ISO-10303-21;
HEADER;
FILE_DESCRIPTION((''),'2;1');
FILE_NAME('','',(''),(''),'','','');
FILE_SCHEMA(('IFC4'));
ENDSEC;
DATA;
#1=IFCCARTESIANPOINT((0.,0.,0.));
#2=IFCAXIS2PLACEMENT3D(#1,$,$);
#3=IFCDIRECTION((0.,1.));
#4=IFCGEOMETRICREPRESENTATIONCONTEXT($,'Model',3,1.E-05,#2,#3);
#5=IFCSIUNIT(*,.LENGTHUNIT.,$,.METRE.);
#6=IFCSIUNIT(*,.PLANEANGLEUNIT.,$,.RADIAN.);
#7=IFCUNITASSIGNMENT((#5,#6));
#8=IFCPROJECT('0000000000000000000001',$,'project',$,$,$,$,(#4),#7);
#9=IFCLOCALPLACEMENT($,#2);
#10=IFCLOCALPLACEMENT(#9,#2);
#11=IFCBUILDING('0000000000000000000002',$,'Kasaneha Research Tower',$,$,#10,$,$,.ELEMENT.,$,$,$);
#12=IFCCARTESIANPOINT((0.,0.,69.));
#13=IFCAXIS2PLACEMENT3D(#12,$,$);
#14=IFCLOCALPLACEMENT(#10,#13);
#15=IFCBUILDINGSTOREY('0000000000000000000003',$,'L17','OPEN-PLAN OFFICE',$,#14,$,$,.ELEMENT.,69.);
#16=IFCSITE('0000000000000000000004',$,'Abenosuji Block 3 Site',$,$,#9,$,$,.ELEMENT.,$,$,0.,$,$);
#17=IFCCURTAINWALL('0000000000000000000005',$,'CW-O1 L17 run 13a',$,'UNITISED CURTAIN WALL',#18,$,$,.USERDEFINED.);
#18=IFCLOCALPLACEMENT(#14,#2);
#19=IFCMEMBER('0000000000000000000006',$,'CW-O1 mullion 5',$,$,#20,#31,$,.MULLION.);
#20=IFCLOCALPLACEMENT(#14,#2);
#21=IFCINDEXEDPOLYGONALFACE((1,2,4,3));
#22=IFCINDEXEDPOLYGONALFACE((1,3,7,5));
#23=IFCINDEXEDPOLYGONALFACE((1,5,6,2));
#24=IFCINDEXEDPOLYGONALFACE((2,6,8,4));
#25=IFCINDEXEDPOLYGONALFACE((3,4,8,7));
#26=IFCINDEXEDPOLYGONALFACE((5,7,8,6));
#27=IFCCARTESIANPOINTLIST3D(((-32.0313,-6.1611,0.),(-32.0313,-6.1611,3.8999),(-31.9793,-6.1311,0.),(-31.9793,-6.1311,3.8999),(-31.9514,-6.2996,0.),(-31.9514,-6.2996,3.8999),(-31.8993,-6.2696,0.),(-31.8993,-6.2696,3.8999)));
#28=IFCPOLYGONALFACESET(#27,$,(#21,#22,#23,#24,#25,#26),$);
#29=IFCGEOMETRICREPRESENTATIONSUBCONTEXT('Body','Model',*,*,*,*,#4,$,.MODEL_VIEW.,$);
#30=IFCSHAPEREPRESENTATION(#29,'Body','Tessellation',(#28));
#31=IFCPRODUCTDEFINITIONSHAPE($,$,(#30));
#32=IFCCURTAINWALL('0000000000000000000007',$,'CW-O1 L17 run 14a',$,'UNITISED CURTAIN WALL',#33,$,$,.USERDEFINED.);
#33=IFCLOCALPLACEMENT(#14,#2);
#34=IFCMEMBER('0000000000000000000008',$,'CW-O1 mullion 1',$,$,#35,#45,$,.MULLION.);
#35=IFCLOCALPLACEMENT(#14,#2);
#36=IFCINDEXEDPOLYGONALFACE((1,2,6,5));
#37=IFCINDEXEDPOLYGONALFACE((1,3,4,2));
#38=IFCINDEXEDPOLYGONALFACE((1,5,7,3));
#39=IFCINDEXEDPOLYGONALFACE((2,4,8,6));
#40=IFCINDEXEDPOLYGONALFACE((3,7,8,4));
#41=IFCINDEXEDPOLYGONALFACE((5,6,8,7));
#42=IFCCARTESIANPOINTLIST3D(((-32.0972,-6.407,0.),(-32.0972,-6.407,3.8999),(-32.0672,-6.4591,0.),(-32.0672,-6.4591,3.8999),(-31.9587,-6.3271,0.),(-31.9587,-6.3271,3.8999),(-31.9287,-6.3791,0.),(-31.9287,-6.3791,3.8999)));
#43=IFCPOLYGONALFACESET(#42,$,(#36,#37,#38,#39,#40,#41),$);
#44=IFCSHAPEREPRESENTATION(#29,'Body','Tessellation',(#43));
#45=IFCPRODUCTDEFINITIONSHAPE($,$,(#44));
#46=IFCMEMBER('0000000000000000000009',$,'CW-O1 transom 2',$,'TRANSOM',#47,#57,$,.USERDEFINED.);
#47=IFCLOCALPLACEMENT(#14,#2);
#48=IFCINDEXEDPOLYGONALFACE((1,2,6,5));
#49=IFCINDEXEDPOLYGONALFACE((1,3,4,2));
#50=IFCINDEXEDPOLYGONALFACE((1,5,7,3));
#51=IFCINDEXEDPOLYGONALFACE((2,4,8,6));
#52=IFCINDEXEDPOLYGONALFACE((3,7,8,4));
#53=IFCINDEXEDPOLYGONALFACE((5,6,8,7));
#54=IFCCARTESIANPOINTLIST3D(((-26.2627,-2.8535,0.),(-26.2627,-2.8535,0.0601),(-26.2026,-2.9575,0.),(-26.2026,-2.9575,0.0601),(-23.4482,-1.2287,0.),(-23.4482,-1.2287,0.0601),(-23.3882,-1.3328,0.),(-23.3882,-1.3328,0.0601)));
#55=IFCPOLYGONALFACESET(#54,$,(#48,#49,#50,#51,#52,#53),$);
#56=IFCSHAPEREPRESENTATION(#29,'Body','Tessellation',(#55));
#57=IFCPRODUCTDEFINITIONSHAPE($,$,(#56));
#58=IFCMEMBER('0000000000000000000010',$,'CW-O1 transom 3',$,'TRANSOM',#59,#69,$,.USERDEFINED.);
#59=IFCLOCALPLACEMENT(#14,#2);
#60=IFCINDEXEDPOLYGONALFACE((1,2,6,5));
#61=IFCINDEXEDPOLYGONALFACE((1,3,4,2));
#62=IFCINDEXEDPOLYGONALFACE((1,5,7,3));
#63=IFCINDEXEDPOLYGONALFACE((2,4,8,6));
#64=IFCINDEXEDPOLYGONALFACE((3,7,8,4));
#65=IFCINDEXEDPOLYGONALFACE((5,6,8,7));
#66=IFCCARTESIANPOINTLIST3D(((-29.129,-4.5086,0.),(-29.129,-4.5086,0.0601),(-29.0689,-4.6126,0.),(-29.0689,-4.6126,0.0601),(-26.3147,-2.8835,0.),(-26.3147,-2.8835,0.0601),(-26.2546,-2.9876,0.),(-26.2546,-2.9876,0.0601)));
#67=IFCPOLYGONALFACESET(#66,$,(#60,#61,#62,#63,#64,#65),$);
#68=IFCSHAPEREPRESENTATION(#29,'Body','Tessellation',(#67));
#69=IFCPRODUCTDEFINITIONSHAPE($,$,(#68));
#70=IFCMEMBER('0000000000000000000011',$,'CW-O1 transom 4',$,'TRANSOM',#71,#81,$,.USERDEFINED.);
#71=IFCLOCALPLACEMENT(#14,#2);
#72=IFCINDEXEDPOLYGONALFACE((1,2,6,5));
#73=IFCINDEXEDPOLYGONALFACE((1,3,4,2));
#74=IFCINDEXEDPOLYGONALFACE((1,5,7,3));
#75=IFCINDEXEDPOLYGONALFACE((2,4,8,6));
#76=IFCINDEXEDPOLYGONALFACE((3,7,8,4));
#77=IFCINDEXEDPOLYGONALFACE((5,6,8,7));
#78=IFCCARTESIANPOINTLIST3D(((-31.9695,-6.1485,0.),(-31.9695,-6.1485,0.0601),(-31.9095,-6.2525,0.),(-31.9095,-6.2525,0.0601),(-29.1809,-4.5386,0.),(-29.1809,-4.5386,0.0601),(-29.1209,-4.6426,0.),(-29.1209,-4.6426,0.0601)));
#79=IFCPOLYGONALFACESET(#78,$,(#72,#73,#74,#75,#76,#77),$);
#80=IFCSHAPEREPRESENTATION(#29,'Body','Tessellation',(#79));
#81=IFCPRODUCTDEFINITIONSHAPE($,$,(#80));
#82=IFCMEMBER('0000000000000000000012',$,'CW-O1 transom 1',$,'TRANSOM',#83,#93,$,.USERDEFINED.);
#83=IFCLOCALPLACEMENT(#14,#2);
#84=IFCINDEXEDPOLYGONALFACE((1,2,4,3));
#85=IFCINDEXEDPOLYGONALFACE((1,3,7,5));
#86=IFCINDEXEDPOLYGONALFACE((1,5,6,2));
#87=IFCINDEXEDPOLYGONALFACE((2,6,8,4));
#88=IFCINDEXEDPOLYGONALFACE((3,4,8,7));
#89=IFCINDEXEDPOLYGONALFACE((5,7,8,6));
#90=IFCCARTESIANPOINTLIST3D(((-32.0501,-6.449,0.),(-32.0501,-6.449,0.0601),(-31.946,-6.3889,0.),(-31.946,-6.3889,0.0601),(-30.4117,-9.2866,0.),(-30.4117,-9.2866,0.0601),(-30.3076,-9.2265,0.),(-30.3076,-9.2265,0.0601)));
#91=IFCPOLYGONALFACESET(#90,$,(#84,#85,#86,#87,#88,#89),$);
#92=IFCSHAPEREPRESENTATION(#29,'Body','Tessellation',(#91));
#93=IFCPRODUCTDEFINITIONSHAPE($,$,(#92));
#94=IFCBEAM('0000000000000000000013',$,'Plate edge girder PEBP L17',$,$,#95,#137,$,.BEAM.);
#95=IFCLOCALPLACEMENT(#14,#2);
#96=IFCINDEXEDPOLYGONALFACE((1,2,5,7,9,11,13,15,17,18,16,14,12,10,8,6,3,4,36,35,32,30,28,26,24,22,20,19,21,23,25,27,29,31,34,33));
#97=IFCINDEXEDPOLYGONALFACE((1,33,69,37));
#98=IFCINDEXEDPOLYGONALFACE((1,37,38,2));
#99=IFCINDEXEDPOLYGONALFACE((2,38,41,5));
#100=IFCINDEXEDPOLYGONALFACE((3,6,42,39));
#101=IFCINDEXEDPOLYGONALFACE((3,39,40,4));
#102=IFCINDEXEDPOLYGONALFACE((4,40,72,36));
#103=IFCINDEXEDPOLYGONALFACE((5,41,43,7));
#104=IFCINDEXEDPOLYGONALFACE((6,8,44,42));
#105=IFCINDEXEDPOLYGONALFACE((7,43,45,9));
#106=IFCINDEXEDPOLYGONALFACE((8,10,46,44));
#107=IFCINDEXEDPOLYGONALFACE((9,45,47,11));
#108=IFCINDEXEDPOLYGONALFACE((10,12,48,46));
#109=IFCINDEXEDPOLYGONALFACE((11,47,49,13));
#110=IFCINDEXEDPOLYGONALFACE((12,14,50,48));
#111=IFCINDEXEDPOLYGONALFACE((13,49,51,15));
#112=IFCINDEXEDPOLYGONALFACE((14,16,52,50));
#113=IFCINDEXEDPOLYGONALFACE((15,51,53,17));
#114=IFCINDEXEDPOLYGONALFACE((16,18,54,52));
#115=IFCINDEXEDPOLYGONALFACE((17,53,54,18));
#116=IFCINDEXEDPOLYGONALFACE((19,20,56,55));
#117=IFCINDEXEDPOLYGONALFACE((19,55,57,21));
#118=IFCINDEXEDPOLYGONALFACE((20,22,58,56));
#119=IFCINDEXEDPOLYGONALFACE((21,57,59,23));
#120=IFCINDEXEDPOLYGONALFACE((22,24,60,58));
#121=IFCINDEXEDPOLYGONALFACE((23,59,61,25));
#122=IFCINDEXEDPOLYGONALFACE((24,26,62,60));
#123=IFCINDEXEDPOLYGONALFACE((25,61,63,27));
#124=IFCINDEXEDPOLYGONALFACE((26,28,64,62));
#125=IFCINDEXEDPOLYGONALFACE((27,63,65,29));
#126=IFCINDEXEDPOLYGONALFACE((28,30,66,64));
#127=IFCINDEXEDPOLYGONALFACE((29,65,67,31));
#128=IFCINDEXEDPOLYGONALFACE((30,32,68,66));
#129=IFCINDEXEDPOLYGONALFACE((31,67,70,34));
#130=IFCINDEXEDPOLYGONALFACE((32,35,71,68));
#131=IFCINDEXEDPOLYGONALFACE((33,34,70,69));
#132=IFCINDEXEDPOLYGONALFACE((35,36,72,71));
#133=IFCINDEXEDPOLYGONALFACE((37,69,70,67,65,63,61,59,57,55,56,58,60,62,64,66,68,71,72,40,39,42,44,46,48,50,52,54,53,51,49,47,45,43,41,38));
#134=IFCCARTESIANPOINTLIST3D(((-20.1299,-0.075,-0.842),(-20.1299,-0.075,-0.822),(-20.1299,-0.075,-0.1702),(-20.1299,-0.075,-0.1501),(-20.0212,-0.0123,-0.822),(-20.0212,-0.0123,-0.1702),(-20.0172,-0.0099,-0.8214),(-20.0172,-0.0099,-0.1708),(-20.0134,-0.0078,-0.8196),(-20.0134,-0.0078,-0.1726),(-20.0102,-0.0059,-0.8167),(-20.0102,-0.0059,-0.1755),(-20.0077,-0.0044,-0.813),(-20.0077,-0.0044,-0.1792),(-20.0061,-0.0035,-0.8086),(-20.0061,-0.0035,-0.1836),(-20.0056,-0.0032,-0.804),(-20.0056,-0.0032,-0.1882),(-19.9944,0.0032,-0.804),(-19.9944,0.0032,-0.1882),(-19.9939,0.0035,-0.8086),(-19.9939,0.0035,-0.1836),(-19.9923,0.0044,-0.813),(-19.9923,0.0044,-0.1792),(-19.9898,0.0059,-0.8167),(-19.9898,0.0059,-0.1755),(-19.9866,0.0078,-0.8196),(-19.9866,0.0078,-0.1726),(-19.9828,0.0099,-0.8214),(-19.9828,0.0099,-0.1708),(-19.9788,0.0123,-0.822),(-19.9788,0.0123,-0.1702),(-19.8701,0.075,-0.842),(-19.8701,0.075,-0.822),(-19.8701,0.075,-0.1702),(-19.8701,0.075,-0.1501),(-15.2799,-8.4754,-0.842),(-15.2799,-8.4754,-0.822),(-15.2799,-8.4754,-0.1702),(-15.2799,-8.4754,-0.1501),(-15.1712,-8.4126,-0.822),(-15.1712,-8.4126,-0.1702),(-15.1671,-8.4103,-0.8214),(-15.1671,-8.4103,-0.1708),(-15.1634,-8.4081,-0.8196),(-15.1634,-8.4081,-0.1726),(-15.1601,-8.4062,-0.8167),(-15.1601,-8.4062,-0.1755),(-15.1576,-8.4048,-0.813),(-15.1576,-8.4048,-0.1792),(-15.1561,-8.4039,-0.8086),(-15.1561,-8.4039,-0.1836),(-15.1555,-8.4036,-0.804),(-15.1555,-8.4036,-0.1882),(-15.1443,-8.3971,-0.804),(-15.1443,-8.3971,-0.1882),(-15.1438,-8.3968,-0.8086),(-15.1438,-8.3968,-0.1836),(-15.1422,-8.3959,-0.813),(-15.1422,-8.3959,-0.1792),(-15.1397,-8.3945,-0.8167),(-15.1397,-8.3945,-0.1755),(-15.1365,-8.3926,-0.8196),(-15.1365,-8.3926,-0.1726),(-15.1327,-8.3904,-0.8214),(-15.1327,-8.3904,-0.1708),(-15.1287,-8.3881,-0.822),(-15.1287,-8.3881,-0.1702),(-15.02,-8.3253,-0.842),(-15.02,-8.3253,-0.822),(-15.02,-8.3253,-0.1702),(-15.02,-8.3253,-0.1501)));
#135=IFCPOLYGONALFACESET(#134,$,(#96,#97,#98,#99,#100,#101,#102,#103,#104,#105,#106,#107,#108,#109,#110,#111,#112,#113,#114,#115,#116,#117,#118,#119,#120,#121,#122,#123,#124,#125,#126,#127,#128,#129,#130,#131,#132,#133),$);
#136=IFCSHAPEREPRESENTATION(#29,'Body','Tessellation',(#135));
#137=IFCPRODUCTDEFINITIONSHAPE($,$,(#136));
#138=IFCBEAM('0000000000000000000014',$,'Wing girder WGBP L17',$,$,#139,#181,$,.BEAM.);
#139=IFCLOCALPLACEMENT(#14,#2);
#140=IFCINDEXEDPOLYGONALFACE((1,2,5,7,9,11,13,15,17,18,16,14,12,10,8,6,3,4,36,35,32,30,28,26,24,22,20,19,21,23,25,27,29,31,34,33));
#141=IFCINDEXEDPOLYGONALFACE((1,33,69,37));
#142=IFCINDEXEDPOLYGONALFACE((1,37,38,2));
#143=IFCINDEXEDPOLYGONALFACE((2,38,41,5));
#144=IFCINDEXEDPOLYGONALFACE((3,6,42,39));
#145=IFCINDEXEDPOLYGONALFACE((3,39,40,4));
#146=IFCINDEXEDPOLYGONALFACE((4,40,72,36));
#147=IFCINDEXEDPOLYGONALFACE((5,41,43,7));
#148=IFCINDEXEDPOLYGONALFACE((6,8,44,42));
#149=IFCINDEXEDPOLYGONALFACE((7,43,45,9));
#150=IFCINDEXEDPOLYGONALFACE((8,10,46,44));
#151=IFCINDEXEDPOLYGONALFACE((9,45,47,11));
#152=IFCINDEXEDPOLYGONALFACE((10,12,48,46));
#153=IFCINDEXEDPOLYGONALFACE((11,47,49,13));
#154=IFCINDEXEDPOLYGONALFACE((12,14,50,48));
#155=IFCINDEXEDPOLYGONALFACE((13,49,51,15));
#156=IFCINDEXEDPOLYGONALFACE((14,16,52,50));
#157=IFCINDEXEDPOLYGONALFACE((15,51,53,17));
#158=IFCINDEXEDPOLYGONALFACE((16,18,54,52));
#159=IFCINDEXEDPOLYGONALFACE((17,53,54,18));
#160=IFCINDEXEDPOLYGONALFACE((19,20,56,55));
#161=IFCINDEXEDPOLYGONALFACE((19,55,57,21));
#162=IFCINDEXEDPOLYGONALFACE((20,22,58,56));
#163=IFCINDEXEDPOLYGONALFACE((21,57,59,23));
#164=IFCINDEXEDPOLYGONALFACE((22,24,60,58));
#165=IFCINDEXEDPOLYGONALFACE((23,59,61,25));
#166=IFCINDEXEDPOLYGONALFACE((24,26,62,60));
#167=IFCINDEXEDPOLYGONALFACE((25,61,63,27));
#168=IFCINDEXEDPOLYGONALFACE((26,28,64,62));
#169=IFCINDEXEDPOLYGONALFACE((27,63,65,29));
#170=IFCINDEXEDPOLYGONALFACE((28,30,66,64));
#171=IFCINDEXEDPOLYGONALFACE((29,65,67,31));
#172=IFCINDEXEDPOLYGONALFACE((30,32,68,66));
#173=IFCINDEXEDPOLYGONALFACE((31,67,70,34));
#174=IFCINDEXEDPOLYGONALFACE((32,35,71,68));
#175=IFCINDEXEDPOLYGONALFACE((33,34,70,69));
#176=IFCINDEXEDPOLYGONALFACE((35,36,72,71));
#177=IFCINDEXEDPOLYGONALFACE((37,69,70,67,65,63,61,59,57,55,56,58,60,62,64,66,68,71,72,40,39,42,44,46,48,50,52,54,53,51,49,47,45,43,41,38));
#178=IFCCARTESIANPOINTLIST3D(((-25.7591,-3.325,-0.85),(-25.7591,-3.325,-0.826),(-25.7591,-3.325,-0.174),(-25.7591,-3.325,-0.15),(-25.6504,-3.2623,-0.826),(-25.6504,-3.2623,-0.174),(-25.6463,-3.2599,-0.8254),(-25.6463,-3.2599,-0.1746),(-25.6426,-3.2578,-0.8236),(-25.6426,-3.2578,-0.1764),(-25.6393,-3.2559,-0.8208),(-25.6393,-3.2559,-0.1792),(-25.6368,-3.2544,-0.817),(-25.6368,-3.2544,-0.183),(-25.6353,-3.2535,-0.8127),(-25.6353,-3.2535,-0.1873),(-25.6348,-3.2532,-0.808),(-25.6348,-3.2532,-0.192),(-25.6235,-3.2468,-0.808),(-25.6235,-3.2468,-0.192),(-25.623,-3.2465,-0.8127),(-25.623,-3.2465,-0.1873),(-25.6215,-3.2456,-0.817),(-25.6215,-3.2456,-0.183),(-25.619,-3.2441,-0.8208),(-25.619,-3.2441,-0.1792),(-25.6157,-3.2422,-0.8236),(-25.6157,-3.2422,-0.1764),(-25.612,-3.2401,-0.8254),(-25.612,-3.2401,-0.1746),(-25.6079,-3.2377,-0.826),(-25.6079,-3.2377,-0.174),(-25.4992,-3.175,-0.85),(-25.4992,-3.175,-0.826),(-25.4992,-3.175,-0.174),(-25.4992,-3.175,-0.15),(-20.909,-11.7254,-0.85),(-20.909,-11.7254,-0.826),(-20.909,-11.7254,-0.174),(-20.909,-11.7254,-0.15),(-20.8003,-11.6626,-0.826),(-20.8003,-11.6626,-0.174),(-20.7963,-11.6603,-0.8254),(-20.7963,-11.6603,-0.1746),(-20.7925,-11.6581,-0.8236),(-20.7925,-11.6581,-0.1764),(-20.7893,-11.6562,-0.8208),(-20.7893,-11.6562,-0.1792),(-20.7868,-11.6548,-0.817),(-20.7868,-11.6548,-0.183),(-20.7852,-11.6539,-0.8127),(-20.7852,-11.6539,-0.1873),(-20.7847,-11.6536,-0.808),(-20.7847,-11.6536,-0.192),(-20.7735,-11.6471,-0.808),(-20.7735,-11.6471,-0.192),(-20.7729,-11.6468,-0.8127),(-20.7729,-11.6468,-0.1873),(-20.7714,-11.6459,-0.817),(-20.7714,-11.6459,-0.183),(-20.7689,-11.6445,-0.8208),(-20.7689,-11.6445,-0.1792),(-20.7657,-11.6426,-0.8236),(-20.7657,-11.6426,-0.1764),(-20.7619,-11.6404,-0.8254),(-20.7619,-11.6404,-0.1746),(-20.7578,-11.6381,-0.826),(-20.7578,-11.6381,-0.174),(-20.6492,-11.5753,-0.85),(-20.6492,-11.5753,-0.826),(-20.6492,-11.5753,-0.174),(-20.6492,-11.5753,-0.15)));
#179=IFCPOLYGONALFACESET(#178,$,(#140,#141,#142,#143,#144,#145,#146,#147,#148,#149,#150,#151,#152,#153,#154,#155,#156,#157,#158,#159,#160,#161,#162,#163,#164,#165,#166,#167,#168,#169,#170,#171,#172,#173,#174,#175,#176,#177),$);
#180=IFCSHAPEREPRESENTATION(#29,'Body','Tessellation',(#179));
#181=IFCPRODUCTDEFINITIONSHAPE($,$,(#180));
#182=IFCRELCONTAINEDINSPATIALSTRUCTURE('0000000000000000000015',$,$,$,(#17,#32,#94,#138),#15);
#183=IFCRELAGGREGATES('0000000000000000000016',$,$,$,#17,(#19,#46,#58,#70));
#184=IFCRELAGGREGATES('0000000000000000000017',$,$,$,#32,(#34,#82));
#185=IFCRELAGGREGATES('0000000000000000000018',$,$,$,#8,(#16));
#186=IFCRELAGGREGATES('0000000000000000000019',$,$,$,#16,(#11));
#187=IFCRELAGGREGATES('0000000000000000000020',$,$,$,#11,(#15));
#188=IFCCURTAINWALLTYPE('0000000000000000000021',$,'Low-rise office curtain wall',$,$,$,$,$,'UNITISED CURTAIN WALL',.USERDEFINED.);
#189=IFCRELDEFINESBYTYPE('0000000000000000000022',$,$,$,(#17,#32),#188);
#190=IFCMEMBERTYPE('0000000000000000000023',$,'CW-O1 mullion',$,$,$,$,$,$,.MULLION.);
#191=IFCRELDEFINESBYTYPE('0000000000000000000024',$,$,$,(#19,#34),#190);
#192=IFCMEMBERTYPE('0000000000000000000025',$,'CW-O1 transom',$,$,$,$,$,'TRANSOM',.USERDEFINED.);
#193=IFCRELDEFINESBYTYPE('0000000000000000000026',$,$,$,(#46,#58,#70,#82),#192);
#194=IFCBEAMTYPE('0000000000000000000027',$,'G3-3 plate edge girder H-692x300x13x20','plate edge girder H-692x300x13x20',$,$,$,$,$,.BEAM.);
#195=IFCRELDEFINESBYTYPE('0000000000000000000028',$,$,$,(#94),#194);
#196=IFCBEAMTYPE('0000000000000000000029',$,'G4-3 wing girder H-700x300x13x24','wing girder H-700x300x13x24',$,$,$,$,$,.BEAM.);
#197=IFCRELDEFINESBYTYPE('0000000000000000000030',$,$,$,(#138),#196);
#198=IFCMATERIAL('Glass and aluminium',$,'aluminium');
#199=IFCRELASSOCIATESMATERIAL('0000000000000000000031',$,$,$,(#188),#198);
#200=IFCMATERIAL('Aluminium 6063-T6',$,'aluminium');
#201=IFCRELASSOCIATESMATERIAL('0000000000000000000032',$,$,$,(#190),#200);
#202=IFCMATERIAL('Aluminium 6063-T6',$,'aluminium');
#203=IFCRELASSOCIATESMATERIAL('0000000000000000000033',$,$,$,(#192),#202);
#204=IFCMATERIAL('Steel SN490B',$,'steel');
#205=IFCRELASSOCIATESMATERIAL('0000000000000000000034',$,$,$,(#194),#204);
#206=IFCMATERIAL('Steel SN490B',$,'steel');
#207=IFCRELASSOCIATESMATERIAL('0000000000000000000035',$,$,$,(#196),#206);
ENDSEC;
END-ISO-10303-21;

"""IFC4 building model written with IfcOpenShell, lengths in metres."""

from ifc_helpers import new_model, si_unit, direction, frame, origin, origin_2d, place, context, subcontext, project, spatial, rectangle, i_section, extrude, material, material_profile, profile_set, type_object, element, aggregate, save


model = new_model("IFC4")

# Units and contexts
model_context = context("Model", 3, precision=1e-05, world=origin(), true_north=direction((0.0, 1.0)))
body_context = subcontext(model_context, "Body", "Model", "MODEL_VIEW")
ifc_project = project(units=[si_unit("LENGTHUNIT", "METRE"), si_unit("PLANEANGLEUNIT", "RADIAN")], contexts=[model_context])

# Site, building, storey
site_placement = place(None, origin())
site = spatial("IfcSite", under=ifc_project, at=site_placement, Name="Abenosuji Block 3 Site", CompositionType="ELEMENT", RefElevation=0.0)
building_placement = place(site_placement, origin())
building = spatial("IfcBuilding", under=site, at=building_placement, Name="Kasaneha Research Tower", CompositionType="ELEMENT")
storey_placement = place(building_placement, frame((0.0, 0.0, 69.0)))
storey = spatial("IfcBuildingStorey", under=building, at=storey_placement, Name="L17", Description="OPEN-PLAN OFFICE", CompositionType="ELEMENT", Elevation=69.0)

# Curtain wall, member
ifc_material_1 = material(Name="Glass and aluminium", Category="aluminium")
curtain_wall_type = type_object("IfcCurtainWallType", Name="Low-rise office curtain wall", ElementType="UNITISED CURTAIN WALL", PredefinedType="USERDEFINED", material=ifc_material_1)
curtain_wall_1_placement = place(storey_placement, origin())
curtain_wall_1 = element("IfcCurtainWall", 1, at=curtain_wall_1_placement, inside=storey, type_object=curtain_wall_type, Name="CW-O1 L17 run 13a", ObjectType="UNITISED CURTAIN WALL", PredefinedType="USERDEFINED")
ifc_material_2 = material(Name="Aluminium 6063-T6", Category="aluminium")
ifc_material_profile_1 = material_profile(ifc_material_2, rectangle(XDim=0.0601, YDim=0.1599, at=origin_2d()), Name="CW-O1 mullion 60x160")
ifc_profile_set_1 = profile_set([ifc_material_profile_1], Name="Aluminium 6063-T6")
member_type_1 = type_object("IfcMemberType", Name="CW-O1 mullion", PredefinedType="MULLION", material=ifc_profile_set_1)
member_1_placement = place(storey_placement, frame((-31.9653, -6.2153, 0.0), z_axis=(0.0, 0.0, 1.0), x_axis=(-0.866025, -0.5, 0.0)))
member_1 = element("IfcMember", 2, at=member_1_placement, type_object=member_type_1, Name="CW-O1 mullion 5", PredefinedType="MULLION", context=body_context, shape_type="SweptSolid", body=[
    extrude(rectangle(XDim=0.0601, YDim=0.1599, at=origin_2d()), origin(), (0.0, 0.0, 1.0), 3.8999),
])

# Curtain wall, member
curtain_wall_2_placement = place(storey_placement, origin())
curtain_wall_2 = element("IfcCurtainWall", 3, at=curtain_wall_2_placement, inside=storey, type_object=curtain_wall_type, Name="CW-O1 L17 run 14a", ObjectType="UNITISED CURTAIN WALL", PredefinedType="USERDEFINED")
member_2_placement = place(storey_placement, frame((-32.0129, -6.3931, 0.0), z_axis=(0.0, 0.0, 1.0), x_axis=(0.5, -0.866025, 0.0)))
member_2 = element("IfcMember", 4, at=member_2_placement, type_object=member_type_1, Name="CW-O1 mullion 1", PredefinedType="MULLION", context=body_context, shape_type="SweptSolid", body=[
    extrude(rectangle(XDim=0.0601, YDim=0.1599, at=origin_2d()), origin(), (0.0, 0.0, 1.0), 3.8999),
])

# Members
ifc_material_3 = material(Name="Aluminium 6063-T6", Category="aluminium")
ifc_material_profile_2 = material_profile(ifc_material_3, rectangle(XDim=0.1201, YDim=0.0601, at=origin_2d()), Name="CW-O1 transom 120x60")
ifc_profile_set_2 = profile_set([ifc_material_profile_2], Name="Aluminium 6063-T6")
member_type_2 = type_object("IfcMemberType", Name="CW-O1 transom", ElementType="TRANSOM", PredefinedType="USERDEFINED", material=ifc_profile_set_2)
member_3_placement = place(storey_placement, frame((-23.4182, -1.2808, 0.03), z_axis=(-0.866048, -0.499961, 0.0), x_axis=(0.499961, -0.866048, 0.0)))
member_3 = element("IfcMember", 5, at=member_3_placement, type_object=member_type_2, Name="CW-O1 transom 2", ObjectType="TRANSOM", PredefinedType="USERDEFINED", context=body_context, shape_type="SweptSolid", body=[
    extrude(rectangle(XDim=0.1201, YDim=0.0601, at=origin_2d()), origin(), (0.0, 0.0, 1.0), 3.2498),
])
member_4_placement = place(storey_placement, frame((-26.2847, -2.9355, 0.03), z_axis=(-0.865997, -0.50005, 0.0), x_axis=(0.50005, -0.865997, 0.0)))
member_4 = element("IfcMember", 6, at=member_4_placement, type_object=member_type_2, Name="CW-O1 transom 3", ObjectType="TRANSOM", PredefinedType="USERDEFINED", context=body_context, shape_type="SweptSolid", body=[
    extrude(rectangle(XDim=0.1201, YDim=0.0601, at=origin_2d()), origin(), (0.0, 0.0, 1.0), 3.2498),
])
member_5_placement = place(storey_placement, frame((-29.1509, -4.5906, 0.03), z_axis=(-0.866042, -0.499972, 0.0), x_axis=(0.499972, -0.866042, 0.0)))
member_5 = element("IfcMember", 7, at=member_5_placement, type_object=member_type_2, Name="CW-O1 transom 4", ObjectType="TRANSOM", PredefinedType="USERDEFINED", context=body_context, shape_type="SweptSolid", body=[
    extrude(rectangle(XDim=0.1201, YDim=0.0601, at=origin_2d()), origin(), (0.0, 0.0, 1.0), 3.22),
])
member_6_placement = place(storey_placement, frame((-31.998, -6.4189, 0.03), z_axis=(0.500026, -0.866011, 0.0), x_axis=(0.866011, 0.500026, 0.0)))
member_6 = element("IfcMember", 8, at=member_6_placement, type_object=member_type_2, Name="CW-O1 transom 1", ObjectType="TRANSOM", PredefinedType="USERDEFINED", context=body_context, shape_type="SweptSolid", body=[
    extrude(rectangle(XDim=0.1201, YDim=0.0601, at=origin_2d()), origin(), (0.0, 0.0, 1.0), 3.2766),
])

# Beams
ifc_material_4 = material(Name="Steel SN490B", Category="steel")
ifc_material_profile_3 = material_profile(ifc_material_4, i_section(OverallWidth=0.3, OverallDepth=0.6919, WebThickness=0.0129, FlangeThickness=0.02, FilletRadius=0.0181, at=origin_2d()), Name="H-692x300x13x20")
ifc_profile_set_3 = profile_set([ifc_material_profile_3], Name="Steel SN490B")
beam_type_1 = type_object("IfcBeamType", Name="G3-3 plate edge girder H-692x300x13x20", Description="plate edge girder H-692x300x13x20", PredefinedType="BEAM", material=ifc_profile_set_3)
beam_1_placement = place(storey_placement, frame((-20.0, 0.0, -0.4961), z_axis=(0.50001, -0.86602, 0.0), x_axis=(0.86602, 0.50001, 0.0)))
element("IfcBeam", 9, at=beam_1_placement, inside=storey, type_object=beam_type_1, Name="Plate edge girder PEBP L17", PredefinedType="BEAM", context=body_context, shape_type="SweptSolid", body=[
    extrude(i_section(OverallWidth=0.3, OverallDepth=0.6919, WebThickness=0.0129, FlangeThickness=0.02, FilletRadius=0.0181, at=origin_2d()), origin(), (0.0, 0.0, 1.0), 9.7),
])
ifc_material_5 = material(Name="Steel SN490B", Category="steel")
ifc_material_profile_4 = material_profile(ifc_material_5, i_section(OverallWidth=0.3, OverallDepth=0.7, WebThickness=0.0129, FlangeThickness=0.0239, FilletRadius=0.0181, at=origin_2d()), Name="H-700x300x13x24")
ifc_profile_set_4 = profile_set([ifc_material_profile_4], Name="Steel SN490B")
beam_type_2 = type_object("IfcBeamType", Name="G4-3 wing girder H-700x300x13x24", Description="wing girder H-700x300x13x24", PredefinedType="BEAM", material=ifc_profile_set_4)
beam_2_placement = place(storey_placement, frame((-25.6292, -3.25, -0.5), z_axis=(0.50001, -0.86602, 0.0), x_axis=(0.86602, 0.50001, 0.0)))
element("IfcBeam", 10, at=beam_2_placement, inside=storey, type_object=beam_type_2, Name="Wing girder WGBP L17", PredefinedType="BEAM", context=body_context, shape_type="SweptSolid", body=[
    extrude(i_section(OverallWidth=0.3, OverallDepth=0.7, WebThickness=0.0129, FlangeThickness=0.0239, FilletRadius=0.0181, at=origin_2d()), origin(), (0.0, 0.0, 1.0), 9.7),
])

aggregate(curtain_wall_1, [member_1, member_3, member_4, member_5])
aggregate(curtain_wall_2, [member_2, member_6])

save(model, "model.ifc")
